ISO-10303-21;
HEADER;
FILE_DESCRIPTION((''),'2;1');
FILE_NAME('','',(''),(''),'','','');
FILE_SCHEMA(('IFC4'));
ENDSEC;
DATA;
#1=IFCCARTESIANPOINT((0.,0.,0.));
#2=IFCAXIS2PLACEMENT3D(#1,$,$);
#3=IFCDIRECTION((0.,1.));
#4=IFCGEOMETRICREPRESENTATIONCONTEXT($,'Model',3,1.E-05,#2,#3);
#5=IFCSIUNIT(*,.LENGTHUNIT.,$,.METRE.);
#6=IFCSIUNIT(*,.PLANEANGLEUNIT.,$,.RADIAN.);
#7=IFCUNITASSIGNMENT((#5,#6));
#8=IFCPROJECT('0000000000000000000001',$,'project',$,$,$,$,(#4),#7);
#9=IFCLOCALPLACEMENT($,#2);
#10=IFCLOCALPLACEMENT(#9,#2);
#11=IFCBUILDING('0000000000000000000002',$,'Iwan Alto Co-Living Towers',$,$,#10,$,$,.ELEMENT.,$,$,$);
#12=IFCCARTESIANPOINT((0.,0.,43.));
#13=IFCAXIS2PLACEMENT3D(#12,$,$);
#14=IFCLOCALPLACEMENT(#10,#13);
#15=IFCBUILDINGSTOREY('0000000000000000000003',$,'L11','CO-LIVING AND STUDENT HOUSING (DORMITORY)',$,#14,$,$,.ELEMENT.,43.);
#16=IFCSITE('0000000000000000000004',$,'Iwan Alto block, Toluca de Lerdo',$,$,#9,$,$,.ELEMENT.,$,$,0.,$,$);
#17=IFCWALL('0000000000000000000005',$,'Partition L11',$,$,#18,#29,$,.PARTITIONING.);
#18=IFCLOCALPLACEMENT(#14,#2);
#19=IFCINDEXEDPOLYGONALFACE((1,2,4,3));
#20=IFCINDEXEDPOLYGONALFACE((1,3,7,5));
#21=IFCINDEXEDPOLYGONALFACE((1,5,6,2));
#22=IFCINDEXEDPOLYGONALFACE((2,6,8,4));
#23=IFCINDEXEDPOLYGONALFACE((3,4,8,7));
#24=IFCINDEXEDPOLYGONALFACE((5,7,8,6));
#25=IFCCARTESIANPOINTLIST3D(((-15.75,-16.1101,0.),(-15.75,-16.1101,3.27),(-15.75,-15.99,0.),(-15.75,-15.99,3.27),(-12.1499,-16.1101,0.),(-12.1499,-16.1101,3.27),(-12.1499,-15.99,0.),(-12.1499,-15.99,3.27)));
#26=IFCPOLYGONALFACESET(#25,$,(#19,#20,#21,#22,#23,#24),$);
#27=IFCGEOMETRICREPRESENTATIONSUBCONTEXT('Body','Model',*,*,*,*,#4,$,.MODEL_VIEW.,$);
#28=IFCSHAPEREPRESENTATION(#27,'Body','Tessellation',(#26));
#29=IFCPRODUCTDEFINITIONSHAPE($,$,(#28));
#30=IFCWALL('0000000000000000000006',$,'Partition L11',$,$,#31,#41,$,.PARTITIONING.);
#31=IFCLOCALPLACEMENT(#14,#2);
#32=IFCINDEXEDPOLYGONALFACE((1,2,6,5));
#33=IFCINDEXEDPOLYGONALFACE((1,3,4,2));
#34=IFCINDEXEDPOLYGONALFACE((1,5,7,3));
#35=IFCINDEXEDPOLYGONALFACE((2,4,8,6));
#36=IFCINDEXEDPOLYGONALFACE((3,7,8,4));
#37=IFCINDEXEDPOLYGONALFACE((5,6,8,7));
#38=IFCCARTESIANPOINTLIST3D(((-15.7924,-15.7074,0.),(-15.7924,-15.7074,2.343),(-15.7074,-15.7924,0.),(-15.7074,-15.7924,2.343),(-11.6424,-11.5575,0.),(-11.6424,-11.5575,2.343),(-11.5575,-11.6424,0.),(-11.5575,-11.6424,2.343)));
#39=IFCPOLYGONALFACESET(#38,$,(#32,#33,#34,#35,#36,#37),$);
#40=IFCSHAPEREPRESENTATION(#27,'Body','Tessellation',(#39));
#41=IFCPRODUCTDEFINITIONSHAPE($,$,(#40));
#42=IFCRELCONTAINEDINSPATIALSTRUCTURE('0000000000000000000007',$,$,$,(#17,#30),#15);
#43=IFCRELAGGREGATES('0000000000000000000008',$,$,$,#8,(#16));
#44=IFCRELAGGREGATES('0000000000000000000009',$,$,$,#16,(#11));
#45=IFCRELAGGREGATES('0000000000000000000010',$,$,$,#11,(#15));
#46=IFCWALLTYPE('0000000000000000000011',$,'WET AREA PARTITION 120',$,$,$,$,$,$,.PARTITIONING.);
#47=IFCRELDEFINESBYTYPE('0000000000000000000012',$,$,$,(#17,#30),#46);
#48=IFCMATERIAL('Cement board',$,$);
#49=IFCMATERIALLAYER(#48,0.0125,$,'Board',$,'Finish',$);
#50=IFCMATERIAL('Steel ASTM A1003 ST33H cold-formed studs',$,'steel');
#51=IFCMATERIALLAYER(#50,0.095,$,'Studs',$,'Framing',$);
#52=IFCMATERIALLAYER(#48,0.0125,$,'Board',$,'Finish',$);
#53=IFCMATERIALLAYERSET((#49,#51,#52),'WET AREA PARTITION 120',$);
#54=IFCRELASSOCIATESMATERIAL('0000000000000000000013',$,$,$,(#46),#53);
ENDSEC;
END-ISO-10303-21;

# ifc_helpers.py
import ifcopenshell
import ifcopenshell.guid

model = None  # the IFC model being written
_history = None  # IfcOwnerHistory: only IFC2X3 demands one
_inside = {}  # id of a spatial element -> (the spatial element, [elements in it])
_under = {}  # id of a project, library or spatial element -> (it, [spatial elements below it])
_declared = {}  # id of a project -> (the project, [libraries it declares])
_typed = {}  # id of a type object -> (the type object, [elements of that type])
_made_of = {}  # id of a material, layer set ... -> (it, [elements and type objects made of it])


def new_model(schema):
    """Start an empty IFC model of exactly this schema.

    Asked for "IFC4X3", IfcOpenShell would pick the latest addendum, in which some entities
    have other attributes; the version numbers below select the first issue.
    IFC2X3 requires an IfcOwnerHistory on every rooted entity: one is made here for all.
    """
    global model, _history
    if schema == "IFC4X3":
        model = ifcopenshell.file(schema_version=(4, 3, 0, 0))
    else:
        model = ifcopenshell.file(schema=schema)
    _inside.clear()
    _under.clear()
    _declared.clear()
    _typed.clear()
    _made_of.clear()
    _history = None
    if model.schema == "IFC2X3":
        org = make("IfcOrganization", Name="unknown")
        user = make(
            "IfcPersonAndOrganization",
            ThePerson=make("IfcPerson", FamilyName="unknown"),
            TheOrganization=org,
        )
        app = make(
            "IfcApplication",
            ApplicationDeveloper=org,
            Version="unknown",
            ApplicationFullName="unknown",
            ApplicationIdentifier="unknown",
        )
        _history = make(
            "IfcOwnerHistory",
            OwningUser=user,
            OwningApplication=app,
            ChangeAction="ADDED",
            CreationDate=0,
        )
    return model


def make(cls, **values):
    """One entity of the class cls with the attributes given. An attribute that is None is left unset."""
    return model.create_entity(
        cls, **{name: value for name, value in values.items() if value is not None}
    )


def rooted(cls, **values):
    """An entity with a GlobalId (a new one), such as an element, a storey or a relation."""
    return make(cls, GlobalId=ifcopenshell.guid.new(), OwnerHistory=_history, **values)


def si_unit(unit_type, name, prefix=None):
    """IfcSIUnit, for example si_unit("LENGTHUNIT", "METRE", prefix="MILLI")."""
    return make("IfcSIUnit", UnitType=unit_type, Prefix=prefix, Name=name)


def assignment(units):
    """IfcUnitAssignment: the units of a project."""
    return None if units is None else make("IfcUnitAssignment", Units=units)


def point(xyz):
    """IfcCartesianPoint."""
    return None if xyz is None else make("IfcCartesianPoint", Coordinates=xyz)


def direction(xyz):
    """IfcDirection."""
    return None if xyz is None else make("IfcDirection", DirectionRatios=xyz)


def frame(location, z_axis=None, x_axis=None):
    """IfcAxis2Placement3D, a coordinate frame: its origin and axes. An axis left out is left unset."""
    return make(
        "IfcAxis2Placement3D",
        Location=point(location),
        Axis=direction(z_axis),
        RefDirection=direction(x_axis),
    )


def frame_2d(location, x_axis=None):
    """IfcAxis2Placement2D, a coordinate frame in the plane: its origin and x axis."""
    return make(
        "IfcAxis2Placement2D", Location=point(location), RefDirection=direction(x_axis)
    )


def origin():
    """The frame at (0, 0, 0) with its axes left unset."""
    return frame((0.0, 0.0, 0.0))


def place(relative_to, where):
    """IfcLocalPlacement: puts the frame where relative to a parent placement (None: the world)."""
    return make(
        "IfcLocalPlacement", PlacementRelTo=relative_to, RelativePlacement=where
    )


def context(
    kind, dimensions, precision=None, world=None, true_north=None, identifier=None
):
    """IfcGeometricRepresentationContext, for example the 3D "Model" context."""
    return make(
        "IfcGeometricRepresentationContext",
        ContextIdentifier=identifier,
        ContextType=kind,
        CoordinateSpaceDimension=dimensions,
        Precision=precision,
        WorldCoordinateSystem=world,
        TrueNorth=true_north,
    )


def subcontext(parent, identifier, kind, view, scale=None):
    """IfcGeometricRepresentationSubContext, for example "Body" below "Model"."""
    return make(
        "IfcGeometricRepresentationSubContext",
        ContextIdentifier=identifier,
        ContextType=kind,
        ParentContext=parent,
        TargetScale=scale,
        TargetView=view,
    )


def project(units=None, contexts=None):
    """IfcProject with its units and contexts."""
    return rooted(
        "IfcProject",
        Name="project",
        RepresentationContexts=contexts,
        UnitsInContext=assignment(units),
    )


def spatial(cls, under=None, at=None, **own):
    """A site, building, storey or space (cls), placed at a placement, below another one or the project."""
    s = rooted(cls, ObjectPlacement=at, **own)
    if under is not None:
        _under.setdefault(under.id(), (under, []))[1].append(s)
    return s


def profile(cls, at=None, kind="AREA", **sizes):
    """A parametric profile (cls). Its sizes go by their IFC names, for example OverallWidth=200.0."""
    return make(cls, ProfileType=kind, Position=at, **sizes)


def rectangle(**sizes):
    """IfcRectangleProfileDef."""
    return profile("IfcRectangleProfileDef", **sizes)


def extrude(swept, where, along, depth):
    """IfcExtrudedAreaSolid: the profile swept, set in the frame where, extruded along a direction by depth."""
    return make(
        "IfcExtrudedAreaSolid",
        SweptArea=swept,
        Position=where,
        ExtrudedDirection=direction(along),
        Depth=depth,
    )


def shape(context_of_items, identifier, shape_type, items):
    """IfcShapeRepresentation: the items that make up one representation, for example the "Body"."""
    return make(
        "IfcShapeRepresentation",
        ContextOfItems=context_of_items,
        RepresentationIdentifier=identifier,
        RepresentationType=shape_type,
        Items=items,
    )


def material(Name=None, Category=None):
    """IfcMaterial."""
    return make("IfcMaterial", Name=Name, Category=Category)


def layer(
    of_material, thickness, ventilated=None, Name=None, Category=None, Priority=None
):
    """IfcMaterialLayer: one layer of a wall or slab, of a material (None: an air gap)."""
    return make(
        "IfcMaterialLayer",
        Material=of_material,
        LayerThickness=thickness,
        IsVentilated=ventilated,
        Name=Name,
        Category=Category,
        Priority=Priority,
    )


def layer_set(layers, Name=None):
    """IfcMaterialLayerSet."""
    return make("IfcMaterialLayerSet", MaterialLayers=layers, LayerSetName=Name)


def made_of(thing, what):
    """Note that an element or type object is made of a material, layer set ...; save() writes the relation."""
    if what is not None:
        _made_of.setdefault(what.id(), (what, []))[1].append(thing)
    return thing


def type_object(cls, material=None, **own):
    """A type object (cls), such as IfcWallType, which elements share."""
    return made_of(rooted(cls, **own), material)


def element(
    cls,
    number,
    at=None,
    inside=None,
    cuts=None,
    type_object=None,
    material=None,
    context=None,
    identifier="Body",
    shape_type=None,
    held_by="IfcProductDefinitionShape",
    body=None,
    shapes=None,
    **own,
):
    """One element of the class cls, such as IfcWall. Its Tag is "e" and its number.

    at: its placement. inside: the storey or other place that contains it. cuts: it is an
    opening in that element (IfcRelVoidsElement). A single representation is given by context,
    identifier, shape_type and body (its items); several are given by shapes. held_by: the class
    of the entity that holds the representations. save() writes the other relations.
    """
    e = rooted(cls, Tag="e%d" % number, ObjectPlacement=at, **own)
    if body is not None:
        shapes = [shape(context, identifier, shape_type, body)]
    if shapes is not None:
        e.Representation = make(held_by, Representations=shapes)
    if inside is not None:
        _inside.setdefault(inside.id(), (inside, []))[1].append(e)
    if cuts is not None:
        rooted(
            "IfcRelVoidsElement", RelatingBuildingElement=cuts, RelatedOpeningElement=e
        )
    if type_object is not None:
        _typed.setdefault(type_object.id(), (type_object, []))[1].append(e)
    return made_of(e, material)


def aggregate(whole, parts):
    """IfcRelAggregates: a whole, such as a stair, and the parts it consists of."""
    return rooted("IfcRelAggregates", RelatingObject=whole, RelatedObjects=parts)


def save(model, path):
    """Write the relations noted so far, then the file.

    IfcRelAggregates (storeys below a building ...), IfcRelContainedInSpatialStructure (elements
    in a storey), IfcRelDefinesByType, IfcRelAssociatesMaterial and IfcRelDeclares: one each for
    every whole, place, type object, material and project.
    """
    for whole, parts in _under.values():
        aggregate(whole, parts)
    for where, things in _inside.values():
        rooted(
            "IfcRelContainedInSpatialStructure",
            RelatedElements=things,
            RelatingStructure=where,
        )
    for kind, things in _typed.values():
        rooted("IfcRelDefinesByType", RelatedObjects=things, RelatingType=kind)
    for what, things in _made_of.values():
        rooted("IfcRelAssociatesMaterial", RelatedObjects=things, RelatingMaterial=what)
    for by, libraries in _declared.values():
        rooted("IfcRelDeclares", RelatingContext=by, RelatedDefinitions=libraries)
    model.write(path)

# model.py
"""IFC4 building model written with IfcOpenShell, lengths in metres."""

from ifc_helpers import new_model, si_unit, direction, frame, frame_2d, origin, place, context, subcontext, project, spatial, rectangle, extrude, material, layer, layer_set, type_object, element, save


model = new_model("IFC4")

# Units and contexts
model_context = context("Model", 3, precision=1e-05, world=origin(), true_north=direction((0.0, 1.0)))
body_context = subcontext(model_context, "Body", "Model", "MODEL_VIEW")
ifc_project = project(units=[si_unit("LENGTHUNIT", "METRE"), si_unit("PLANEANGLEUNIT", "RADIAN")], contexts=[model_context])

# Site, building, storey
site_placement = place(None, origin())
site = spatial("IfcSite", under=ifc_project, at=site_placement, Name="Iwan Alto block, Toluca de Lerdo", CompositionType="ELEMENT", RefElevation=0.0)
building_placement = place(site_placement, origin())
building = spatial("IfcBuilding", under=site, at=building_placement, Name="Iwan Alto Co-Living Towers", CompositionType="ELEMENT")
storey_placement = place(building_placement, frame((0.0, 0.0, 43.0)))
storey = spatial("IfcBuildingStorey", under=building, at=storey_placement, Name="L11", Description="CO-LIVING AND STUDENT HOUSING (DORMITORY)", CompositionType="ELEMENT", Elevation=43.0)

# Shared definitions
ifc_material_1 = material(Name="Steel ASTM A1003 ST33H cold-formed studs", Category="steel")

# Walls
ifc_material_2 = material(Name="Cement board")
ifc_layer_1 = layer(ifc_material_2, 0.0125, Name="Board", Category="Finish")
ifc_layer_2 = layer(ifc_material_1, 0.095, Name="Studs", Category="Framing")
ifc_layer_3 = layer(ifc_material_2, 0.0125, Name="Board", Category="Finish")
ifc_layer_set_1 = layer_set([ifc_layer_1, ifc_layer_2, ifc_layer_3], Name="WET AREA PARTITION 120")
wall_type_1 = type_object("IfcWallType", Name="WET AREA PARTITION 120", PredefinedType="PARTITIONING", material=ifc_layer_set_1)
wall_1_placement = place(storey_placement, frame((-15.75, -16.05, 0.0), z_axis=(0.0, 0.0, 1.0), x_axis=(1.0, 0.0, 0.0)))
element("IfcWall", 1, at=wall_1_placement, inside=storey, type_object=wall_type_1, Name="Partition L11", PredefinedType="PARTITIONING", context=body_context, shape_type="SweptSolid", body=[
    extrude(rectangle(XDim=3.6001, YDim=0.1201, at=frame_2d((1.8, 0.0))), origin(), (0.0, 0.0, 1.0), 3.27),
])
wall_2_placement = place(storey_placement, frame((-15.75, -15.75, 0.0), z_axis=(0.0, 0.0, 1.0), x_axis=(0.707107, 0.707107, 0.0)))
element("IfcWall", 2, at=wall_2_placement, inside=storey, type_object=wall_type_1, Name="Partition L11", PredefinedType="PARTITIONING", context=body_context, shape_type="SweptSolid", body=[
    extrude(rectangle(XDim=5.8689, YDim=0.1201, at=frame_2d((2.9346, 0.0))), origin(), (0.0, 0.0, 1.0), 2.343),
])

save(model, "model.ifc")
